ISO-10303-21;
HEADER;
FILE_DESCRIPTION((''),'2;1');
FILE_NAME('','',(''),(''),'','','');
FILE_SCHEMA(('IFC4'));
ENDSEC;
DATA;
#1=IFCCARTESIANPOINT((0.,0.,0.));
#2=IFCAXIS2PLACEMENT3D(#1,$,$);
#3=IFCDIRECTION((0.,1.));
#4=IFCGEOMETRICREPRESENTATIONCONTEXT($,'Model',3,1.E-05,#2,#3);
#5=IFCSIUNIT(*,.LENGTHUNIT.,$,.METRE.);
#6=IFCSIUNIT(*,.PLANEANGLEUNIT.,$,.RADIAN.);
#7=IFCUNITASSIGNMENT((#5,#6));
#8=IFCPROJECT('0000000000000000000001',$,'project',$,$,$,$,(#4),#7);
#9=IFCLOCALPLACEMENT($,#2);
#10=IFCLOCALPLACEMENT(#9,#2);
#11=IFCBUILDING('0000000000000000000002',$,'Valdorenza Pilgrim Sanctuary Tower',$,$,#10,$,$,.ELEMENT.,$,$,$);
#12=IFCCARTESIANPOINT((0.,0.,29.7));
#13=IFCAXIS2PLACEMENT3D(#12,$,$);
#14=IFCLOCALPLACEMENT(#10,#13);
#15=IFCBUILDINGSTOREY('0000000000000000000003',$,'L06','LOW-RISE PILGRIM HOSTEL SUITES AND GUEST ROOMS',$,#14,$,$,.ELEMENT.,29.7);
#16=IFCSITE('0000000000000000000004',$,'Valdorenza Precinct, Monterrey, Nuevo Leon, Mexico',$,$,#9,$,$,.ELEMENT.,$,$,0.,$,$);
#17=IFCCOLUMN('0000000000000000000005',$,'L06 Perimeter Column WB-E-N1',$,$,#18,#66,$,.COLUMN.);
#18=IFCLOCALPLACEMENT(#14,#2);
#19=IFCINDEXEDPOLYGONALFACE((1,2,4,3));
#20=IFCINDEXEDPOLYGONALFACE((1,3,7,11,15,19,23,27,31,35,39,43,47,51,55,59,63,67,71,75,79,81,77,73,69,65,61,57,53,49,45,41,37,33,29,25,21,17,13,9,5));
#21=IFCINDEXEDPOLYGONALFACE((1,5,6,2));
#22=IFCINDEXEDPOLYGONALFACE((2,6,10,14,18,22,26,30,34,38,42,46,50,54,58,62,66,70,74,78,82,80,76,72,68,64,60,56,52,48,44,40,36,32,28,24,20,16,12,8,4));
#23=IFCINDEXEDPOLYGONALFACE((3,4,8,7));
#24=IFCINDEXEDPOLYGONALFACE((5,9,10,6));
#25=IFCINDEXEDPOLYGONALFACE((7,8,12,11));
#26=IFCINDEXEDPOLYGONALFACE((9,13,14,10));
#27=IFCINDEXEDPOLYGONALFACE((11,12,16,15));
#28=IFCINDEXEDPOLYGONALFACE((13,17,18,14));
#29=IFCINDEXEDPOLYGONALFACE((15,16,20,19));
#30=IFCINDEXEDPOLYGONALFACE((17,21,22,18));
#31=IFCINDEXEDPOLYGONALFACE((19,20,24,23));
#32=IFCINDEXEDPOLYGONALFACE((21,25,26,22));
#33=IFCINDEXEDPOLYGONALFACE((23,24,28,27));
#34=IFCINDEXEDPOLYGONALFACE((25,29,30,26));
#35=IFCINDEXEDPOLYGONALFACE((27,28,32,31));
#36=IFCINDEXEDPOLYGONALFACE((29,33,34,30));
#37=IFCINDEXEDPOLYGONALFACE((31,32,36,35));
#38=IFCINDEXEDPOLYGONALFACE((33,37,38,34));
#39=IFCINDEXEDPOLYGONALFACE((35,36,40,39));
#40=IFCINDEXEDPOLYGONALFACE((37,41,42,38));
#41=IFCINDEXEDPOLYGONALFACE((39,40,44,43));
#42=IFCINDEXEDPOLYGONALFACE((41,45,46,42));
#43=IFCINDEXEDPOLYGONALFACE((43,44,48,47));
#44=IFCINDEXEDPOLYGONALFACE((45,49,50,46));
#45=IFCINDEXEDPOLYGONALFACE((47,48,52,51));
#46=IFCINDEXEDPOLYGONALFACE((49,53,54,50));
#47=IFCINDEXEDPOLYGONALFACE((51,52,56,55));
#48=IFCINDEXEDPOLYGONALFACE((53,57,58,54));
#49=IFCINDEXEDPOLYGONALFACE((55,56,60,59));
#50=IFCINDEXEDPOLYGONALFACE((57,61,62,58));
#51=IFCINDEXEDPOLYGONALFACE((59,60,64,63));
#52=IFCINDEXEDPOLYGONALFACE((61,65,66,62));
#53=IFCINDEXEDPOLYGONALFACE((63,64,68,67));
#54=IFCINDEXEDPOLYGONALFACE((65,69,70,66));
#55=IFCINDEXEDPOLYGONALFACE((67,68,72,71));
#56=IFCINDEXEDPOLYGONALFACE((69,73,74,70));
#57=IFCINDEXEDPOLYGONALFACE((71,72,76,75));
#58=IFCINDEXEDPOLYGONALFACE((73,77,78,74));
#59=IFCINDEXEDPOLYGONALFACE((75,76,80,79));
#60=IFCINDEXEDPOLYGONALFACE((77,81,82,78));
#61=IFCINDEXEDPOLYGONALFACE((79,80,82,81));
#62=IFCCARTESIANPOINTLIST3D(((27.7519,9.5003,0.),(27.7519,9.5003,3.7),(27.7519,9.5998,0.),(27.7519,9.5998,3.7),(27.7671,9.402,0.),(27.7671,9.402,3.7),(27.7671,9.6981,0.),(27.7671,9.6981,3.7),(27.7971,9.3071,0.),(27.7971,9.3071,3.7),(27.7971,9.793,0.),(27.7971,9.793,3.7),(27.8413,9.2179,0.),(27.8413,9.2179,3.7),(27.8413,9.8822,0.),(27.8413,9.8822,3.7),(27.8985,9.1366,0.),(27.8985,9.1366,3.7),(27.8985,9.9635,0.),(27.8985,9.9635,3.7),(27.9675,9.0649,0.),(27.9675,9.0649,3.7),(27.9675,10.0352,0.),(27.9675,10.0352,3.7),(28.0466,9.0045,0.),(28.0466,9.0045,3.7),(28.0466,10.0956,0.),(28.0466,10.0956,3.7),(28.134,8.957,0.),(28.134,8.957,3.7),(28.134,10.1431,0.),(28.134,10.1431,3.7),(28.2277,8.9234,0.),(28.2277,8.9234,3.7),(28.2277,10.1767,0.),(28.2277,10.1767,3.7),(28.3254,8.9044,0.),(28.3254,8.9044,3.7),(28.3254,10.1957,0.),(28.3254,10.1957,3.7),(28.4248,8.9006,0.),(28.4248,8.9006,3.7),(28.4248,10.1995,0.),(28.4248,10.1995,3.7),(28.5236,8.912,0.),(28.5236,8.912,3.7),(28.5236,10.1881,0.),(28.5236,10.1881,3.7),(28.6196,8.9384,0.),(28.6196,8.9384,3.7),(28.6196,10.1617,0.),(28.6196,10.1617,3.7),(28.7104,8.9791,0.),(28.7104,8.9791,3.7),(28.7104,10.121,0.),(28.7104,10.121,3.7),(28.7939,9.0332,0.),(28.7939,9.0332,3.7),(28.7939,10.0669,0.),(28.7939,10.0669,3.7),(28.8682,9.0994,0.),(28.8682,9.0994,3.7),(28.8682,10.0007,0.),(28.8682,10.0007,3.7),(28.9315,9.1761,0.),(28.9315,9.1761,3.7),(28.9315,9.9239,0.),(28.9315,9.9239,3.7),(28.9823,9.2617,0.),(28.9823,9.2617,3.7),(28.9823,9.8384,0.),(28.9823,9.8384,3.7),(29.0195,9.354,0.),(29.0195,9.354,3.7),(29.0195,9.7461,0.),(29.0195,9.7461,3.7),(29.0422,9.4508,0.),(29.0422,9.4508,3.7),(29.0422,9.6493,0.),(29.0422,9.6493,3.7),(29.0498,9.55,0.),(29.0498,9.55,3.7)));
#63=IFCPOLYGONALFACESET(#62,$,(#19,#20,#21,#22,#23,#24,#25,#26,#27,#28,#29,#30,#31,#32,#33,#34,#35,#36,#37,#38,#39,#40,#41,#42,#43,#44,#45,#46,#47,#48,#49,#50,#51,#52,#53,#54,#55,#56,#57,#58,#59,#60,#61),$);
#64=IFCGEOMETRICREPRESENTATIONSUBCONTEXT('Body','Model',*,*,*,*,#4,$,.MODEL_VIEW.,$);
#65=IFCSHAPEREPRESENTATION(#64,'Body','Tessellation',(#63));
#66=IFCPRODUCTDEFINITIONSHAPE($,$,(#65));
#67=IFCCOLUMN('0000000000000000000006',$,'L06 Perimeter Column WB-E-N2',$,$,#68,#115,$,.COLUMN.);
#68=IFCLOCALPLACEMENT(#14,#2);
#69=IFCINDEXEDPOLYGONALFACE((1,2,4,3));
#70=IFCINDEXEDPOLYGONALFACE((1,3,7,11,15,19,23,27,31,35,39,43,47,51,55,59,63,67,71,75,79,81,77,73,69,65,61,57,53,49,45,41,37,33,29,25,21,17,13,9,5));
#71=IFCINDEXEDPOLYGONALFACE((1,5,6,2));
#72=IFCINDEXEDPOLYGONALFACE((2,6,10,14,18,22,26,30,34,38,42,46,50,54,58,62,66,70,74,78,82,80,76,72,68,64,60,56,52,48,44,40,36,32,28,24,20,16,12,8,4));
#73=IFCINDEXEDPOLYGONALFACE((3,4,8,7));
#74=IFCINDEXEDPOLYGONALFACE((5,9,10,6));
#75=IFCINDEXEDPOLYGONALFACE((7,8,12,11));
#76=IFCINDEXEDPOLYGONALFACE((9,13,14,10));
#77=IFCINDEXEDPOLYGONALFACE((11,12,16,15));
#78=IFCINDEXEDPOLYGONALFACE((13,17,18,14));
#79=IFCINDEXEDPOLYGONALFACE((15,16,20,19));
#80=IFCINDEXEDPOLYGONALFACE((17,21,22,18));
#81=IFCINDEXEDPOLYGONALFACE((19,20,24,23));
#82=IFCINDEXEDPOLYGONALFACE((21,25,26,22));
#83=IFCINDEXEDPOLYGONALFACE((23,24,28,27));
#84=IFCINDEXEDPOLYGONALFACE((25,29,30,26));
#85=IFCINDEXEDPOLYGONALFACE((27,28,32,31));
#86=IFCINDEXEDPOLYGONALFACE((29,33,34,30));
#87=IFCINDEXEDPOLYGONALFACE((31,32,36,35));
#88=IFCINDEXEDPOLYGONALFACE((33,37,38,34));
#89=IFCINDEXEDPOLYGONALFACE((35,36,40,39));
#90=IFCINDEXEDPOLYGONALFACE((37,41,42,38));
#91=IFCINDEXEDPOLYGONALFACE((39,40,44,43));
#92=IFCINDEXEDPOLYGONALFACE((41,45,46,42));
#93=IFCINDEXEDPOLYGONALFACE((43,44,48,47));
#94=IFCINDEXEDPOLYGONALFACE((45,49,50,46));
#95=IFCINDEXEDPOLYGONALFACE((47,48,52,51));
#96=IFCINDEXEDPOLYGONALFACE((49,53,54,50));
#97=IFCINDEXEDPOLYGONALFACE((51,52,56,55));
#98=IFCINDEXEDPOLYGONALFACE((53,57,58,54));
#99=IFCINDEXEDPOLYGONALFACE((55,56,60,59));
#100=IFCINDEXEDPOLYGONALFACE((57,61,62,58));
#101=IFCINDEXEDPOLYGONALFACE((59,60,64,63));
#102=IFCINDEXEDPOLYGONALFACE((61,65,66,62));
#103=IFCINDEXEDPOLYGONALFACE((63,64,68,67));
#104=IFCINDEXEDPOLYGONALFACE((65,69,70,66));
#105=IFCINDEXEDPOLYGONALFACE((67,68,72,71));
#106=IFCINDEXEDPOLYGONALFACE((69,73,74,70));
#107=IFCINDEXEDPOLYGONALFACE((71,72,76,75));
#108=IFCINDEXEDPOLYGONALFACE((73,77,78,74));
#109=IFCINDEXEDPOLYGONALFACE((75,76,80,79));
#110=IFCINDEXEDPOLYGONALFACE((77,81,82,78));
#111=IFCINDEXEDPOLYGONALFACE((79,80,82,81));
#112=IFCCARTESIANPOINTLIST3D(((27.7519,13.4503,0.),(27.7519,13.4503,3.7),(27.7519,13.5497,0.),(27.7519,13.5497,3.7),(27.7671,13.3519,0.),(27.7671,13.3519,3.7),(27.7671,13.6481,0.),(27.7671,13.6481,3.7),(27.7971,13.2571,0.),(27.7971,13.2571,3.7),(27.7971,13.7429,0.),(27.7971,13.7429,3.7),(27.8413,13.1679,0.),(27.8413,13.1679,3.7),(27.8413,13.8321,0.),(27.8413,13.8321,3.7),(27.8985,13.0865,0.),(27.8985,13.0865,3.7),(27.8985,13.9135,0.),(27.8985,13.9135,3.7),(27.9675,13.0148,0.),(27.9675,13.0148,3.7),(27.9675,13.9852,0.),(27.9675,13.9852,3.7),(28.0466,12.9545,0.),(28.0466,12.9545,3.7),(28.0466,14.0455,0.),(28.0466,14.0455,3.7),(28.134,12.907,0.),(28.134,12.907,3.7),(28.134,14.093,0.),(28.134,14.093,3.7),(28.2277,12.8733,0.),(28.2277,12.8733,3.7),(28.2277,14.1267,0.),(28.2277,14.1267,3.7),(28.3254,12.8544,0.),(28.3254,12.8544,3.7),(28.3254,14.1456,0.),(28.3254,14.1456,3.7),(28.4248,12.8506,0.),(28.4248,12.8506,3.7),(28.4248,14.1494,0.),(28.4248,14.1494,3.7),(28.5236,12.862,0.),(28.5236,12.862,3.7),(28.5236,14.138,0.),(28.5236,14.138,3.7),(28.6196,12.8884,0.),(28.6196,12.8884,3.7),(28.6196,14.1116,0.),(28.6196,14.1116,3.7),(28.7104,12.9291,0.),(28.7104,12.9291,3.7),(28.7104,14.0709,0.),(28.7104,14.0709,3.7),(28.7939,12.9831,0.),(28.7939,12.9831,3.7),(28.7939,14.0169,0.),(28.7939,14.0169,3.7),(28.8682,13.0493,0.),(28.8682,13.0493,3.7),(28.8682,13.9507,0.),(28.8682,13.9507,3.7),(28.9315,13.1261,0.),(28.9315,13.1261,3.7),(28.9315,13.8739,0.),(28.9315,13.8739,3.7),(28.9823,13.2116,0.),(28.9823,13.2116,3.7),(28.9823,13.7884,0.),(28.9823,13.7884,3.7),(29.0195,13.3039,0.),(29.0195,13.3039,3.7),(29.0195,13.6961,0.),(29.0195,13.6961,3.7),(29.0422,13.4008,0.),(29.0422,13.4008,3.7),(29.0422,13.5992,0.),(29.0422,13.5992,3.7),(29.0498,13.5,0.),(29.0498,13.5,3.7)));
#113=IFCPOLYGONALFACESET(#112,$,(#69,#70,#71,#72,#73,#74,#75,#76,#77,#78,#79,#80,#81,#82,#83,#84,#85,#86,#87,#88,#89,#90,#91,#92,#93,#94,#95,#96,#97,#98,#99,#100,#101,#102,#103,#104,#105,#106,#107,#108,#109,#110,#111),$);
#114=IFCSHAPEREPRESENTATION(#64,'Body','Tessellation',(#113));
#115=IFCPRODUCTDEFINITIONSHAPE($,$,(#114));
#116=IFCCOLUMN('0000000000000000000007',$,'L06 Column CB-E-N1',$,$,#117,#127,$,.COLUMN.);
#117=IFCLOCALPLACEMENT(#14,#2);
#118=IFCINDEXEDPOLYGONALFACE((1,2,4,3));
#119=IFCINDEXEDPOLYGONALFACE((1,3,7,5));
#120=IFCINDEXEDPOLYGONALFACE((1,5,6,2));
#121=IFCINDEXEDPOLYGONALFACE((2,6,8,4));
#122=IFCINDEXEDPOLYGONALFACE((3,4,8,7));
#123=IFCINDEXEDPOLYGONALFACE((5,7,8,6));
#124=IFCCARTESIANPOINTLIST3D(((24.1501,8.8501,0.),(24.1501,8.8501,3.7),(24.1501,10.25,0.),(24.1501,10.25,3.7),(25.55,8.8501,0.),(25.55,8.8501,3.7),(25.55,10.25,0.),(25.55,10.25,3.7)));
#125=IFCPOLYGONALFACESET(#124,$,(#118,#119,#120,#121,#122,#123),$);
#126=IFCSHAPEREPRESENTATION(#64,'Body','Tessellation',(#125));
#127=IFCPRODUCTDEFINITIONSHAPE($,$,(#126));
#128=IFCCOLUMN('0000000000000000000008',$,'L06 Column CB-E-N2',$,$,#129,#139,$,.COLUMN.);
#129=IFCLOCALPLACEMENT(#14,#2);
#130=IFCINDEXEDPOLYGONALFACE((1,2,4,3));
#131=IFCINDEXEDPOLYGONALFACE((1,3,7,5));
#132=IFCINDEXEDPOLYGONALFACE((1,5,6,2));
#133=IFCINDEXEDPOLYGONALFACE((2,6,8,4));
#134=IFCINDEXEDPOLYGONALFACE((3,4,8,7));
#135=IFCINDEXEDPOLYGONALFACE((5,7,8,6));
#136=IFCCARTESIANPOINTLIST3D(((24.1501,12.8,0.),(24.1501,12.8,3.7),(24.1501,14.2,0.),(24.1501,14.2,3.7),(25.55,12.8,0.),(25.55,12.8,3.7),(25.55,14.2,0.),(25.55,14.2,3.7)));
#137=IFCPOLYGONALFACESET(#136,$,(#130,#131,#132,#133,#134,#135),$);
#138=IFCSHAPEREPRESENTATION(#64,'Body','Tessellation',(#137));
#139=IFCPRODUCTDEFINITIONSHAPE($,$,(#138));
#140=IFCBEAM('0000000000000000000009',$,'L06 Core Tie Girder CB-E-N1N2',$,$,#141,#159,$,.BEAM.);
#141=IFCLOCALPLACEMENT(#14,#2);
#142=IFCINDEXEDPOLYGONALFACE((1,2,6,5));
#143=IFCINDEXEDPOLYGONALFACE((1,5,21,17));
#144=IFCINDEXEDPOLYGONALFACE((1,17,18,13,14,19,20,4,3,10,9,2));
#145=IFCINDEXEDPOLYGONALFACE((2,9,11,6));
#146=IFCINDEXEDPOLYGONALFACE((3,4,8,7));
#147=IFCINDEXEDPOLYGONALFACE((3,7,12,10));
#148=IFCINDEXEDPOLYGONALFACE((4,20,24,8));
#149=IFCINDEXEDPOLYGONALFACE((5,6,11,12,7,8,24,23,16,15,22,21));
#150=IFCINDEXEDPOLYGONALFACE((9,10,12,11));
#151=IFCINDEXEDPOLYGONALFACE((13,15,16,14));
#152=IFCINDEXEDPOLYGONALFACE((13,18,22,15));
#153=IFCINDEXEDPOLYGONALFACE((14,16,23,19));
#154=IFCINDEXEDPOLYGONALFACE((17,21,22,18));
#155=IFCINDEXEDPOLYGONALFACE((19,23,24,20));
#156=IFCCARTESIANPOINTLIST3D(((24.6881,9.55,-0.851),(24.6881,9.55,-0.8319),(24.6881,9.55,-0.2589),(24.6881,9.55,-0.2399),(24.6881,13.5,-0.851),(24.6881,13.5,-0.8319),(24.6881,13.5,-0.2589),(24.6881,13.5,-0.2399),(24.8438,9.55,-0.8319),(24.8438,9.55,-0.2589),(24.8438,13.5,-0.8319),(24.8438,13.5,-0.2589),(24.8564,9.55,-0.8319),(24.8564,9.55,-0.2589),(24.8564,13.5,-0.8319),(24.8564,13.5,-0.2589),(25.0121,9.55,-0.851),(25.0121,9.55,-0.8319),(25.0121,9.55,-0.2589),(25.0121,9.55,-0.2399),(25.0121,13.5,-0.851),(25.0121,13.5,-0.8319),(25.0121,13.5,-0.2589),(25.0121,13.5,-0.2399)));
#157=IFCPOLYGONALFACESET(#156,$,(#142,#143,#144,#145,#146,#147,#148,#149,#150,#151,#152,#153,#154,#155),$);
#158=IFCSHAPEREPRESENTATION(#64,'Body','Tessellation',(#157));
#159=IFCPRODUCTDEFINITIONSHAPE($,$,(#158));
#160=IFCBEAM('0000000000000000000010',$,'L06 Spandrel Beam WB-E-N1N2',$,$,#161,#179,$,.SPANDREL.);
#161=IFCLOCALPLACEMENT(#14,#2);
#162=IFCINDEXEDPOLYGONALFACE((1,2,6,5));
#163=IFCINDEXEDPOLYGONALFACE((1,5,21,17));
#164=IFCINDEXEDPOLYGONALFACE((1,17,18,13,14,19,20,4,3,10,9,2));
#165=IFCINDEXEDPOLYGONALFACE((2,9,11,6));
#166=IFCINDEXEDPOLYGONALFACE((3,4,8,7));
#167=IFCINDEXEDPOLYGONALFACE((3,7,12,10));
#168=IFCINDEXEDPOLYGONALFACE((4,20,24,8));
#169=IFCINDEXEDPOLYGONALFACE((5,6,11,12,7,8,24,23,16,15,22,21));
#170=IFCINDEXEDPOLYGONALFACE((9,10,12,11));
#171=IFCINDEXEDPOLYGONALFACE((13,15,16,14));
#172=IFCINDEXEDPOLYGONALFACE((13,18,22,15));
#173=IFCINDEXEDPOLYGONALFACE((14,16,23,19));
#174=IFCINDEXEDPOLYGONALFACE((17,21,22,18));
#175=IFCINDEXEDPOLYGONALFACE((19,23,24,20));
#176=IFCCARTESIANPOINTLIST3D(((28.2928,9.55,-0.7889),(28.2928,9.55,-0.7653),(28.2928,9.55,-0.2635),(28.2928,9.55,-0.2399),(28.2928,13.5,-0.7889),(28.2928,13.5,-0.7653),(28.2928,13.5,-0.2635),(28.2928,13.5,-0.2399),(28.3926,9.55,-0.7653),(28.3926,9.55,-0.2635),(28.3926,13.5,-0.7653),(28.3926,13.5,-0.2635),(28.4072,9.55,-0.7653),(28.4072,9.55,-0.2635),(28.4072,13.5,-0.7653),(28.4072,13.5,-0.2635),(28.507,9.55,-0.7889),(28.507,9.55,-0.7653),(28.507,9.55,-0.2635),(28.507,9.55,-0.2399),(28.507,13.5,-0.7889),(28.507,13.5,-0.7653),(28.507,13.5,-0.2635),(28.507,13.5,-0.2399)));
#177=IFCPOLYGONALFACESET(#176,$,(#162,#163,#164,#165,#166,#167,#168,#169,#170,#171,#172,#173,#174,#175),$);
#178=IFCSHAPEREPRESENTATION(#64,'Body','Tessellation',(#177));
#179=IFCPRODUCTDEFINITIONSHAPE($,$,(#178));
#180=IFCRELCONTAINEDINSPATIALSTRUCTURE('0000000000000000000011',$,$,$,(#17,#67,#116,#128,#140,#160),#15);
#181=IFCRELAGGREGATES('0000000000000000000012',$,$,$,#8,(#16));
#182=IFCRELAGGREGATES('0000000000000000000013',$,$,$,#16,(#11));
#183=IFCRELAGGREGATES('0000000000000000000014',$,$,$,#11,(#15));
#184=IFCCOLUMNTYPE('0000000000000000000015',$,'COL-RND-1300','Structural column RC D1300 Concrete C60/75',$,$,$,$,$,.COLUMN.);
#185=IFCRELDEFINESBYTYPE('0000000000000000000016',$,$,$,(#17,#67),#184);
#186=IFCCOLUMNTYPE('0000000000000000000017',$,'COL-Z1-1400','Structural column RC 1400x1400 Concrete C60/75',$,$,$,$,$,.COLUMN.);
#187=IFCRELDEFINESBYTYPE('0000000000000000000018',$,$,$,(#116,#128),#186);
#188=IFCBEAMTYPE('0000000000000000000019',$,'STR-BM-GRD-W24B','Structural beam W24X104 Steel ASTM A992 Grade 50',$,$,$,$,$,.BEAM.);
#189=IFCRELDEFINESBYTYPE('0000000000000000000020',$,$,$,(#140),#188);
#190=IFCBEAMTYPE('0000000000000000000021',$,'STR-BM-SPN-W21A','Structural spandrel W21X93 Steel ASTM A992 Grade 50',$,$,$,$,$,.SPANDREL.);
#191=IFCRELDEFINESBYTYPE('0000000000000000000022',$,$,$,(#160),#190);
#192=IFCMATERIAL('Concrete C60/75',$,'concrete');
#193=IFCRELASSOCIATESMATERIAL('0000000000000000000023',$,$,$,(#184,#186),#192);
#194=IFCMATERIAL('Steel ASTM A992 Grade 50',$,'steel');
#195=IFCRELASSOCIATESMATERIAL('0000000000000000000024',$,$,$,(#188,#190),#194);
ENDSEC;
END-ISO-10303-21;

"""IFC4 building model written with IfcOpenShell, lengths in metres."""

from ifc_helpers import new_model, si_unit, direction, frame, origin, origin_2d, place, context, subcontext, project, spatial, rectangle, circle, i_section, extrude, source, transform, mapped, material, material_profile, profile_set, type_object, element, save


model = new_model("IFC4")

# Units and contexts
model_context = context("Model", 3, precision=1e-05, world=origin(), true_north=direction((0.0, 1.0)))
body_context = subcontext(model_context, "Body", "Model", "MODEL_VIEW")
ifc_project = project(units=[si_unit("LENGTHUNIT", "METRE"), si_unit("PLANEANGLEUNIT", "RADIAN")], contexts=[model_context])

# Site, building, storey
site_placement = place(None, origin())
site = spatial("IfcSite", under=ifc_project, at=site_placement, Name="Valdorenza Precinct, Monterrey, Nuevo Leon, Mexico", CompositionType="ELEMENT", RefElevation=0.0)
building_placement = place(site_placement, origin())
building = spatial("IfcBuilding", under=site, at=building_placement, Name="Valdorenza Pilgrim Sanctuary Tower", CompositionType="ELEMENT")
storey_placement = place(building_placement, frame((0.0, 0.0, 29.7)))
storey = spatial("IfcBuildingStorey", under=building, at=storey_placement, Name="L06", Description="LOW-RISE PILGRIM HOSTEL SUITES AND GUEST ROOMS", CompositionType="ELEMENT", Elevation=29.7)

# Columns
ifc_material_1 = material(Name="Concrete C60/75", Category="concrete")
ifc_material_profile_1 = material_profile(ifc_material_1, circle(Radius=0.6499, at=origin_2d()), Name="RC D1300")
ifc_profile_set_1 = profile_set([ifc_material_profile_1], Name="Concrete C60/75")
column_type_1 = type_object("IfcColumnType", Name="COL-RND-1300", Description="Structural column RC D1300 Concrete C60/75", PredefinedType="COLUMN", material=ifc_profile_set_1)
shared_shape_1 = source(origin(), body_context, "Body", "SweptSolid", [
    extrude(circle(Radius=0.6499, at=origin_2d()), origin(), (0.0, 0.0, 1.0), 3.7),
])
for number, where, z_axis, x_axis, name in (
    (1, (28.3999, 9.55, 0.0), (0.0, 0.0, 1.0), (1.0, 0.0, 0.0), "L06 Perimeter Column WB-E-N1"),
    (2, (28.3999, 13.5, 0.0), (0.0, 0.0, 1.0), (1.0, 0.0, 0.0), "L06 Perimeter Column WB-E-N2"),
):
    element("IfcColumn", number, at=place(storey_placement, frame(where, z_axis=z_axis, x_axis=x_axis)), inside=storey, type_object=column_type_1, Name=name, PredefinedType="COLUMN", context=body_context, shape_type="MappedRepresentation", body=[
        mapped(shared_shape_1, transform((0.0, 0.0, 0.0), x_axis=(1.0, 0.0, 0.0), y_axis=(0.0, 1.0, 0.0), z_axis=(0.0, 0.0, 1.0), scale=1.0)),
    ])
ifc_material_profile_2 = material_profile(ifc_material_1, rectangle(XDim=1.3999, YDim=1.3999, at=origin_2d()), Name="RC 1400x1400")
ifc_profile_set_2 = profile_set([ifc_material_profile_2], Name="Concrete C60/75")
column_type_2 = type_object("IfcColumnType", Name="COL-Z1-1400", Description="Structural column RC 1400x1400 Concrete C60/75", PredefinedType="COLUMN", material=ifc_profile_set_2)
shared_shape_2 = source(origin(), body_context, "Body", "SweptSolid", [
    extrude(rectangle(XDim=1.3999, YDim=1.3999, at=origin_2d()), origin(), (0.0, 0.0, 1.0), 3.7),
])
for number, where, z_axis, x_axis, name in (
    (3, (24.8501, 9.55, 0.0), (0.0, 0.0, 1.0), (1.0, 0.0, 0.0), "L06 Column CB-E-N1"),
    (4, (24.8501, 13.5, 0.0), (0.0, 0.0, 1.0), (1.0, 0.0, 0.0), "L06 Column CB-E-N2"),
):
    element("IfcColumn", number, at=place(storey_placement, frame(where, z_axis=z_axis, x_axis=x_axis)), inside=storey, type_object=column_type_2, Name=name, PredefinedType="COLUMN", context=body_context, shape_type="MappedRepresentation", body=[
        mapped(shared_shape_2, transform((0.0, 0.0, 0.0), x_axis=(1.0, 0.0, 0.0), y_axis=(0.0, 1.0, 0.0), z_axis=(0.0, 0.0, 1.0), scale=1.0)),
    ])

# Beams
ifc_material_2 = material(Name="Steel ASTM A992 Grade 50", Category="steel")
ifc_material_profile_3 = material_profile(ifc_material_2, i_section(OverallWidth=0.324, OverallDepth=0.6111, WebThickness=0.0127, FlangeThickness=0.019, at=origin_2d()), Name="W24X104")
ifc_profile_set_3 = profile_set([ifc_material_profile_3], Name="Steel ASTM A992 Grade 50")
beam_type_1 = type_object("IfcBeamType", Name="STR-BM-GRD-W24B", Description="Structural beam W24X104 Steel ASTM A992 Grade 50", PredefinedType="BEAM", material=ifc_profile_set_3)
shared_shape_3 = source(origin(), body_context, "Body", "SweptSolid", [
    extrude(i_section(OverallWidth=0.324, OverallDepth=0.6111, WebThickness=0.0127, FlangeThickness=0.019, at=origin_2d()), origin(), (0.0, 0.0, 1.0), 3.95),
])
beam_1_placement = place(storey_placement, frame((24.8501, 9.55, -0.5454), z_axis=(0.0, 1.0, 0.0), x_axis=(-1.0, 0.0, 0.0)))
element("IfcBeam", 5, at=beam_1_placement, inside=storey, type_object=beam_type_1, Name="L06 Core Tie Girder CB-E-N1N2", PredefinedType="BEAM", context=body_context, shape_type="MappedRepresentation", body=[
    mapped(shared_shape_3, transform((0.0, 0.0, 0.0), x_axis=(1.0, 0.0, 0.0), y_axis=(0.0, 1.0, 0.0), z_axis=(0.0, 0.0, 1.0), scale=1.0)),
])
ifc_material_profile_4 = material_profile(ifc_material_2, i_section(OverallWidth=0.2141, OverallDepth=0.5491, WebThickness=0.0146, FlangeThickness=0.0237, at=origin_2d()), Name="W21X93")
ifc_profile_set_4 = profile_set([ifc_material_profile_4], Name="Steel ASTM A992 Grade 50")
beam_type_2 = type_object("IfcBeamType", Name="STR-BM-SPN-W21A", Description="Structural spandrel W21X93 Steel ASTM A992 Grade 50", PredefinedType="SPANDREL", material=ifc_profile_set_4)
shared_shape_4 = source(origin(), body_context, "Body", "SweptSolid", [
    extrude(i_section(OverallWidth=0.2141, OverallDepth=0.5491, WebThickness=0.0146, FlangeThickness=0.0237, at=origin_2d()), origin(), (0.0, 0.0, 1.0), 3.95),
])
beam_2_placement = place(storey_placement, frame((28.3999, 9.55, -0.5144), z_axis=(0.0, 1.0, 0.0), x_axis=(-1.0, 0.0, 0.0)))
element("IfcBeam", 6, at=beam_2_placement, inside=storey, type_object=beam_type_2, Name="L06 Spandrel Beam WB-E-N1N2", PredefinedType="SPANDREL", context=body_context, shape_type="MappedRepresentation", body=[
    mapped(shared_shape_4, transform((0.0, 0.0, 0.0), x_axis=(1.0, 0.0, 0.0), y_axis=(0.0, 1.0, 0.0), z_axis=(0.0, 0.0, 1.0), scale=1.0)),
])

save(model, "model.ifc")
